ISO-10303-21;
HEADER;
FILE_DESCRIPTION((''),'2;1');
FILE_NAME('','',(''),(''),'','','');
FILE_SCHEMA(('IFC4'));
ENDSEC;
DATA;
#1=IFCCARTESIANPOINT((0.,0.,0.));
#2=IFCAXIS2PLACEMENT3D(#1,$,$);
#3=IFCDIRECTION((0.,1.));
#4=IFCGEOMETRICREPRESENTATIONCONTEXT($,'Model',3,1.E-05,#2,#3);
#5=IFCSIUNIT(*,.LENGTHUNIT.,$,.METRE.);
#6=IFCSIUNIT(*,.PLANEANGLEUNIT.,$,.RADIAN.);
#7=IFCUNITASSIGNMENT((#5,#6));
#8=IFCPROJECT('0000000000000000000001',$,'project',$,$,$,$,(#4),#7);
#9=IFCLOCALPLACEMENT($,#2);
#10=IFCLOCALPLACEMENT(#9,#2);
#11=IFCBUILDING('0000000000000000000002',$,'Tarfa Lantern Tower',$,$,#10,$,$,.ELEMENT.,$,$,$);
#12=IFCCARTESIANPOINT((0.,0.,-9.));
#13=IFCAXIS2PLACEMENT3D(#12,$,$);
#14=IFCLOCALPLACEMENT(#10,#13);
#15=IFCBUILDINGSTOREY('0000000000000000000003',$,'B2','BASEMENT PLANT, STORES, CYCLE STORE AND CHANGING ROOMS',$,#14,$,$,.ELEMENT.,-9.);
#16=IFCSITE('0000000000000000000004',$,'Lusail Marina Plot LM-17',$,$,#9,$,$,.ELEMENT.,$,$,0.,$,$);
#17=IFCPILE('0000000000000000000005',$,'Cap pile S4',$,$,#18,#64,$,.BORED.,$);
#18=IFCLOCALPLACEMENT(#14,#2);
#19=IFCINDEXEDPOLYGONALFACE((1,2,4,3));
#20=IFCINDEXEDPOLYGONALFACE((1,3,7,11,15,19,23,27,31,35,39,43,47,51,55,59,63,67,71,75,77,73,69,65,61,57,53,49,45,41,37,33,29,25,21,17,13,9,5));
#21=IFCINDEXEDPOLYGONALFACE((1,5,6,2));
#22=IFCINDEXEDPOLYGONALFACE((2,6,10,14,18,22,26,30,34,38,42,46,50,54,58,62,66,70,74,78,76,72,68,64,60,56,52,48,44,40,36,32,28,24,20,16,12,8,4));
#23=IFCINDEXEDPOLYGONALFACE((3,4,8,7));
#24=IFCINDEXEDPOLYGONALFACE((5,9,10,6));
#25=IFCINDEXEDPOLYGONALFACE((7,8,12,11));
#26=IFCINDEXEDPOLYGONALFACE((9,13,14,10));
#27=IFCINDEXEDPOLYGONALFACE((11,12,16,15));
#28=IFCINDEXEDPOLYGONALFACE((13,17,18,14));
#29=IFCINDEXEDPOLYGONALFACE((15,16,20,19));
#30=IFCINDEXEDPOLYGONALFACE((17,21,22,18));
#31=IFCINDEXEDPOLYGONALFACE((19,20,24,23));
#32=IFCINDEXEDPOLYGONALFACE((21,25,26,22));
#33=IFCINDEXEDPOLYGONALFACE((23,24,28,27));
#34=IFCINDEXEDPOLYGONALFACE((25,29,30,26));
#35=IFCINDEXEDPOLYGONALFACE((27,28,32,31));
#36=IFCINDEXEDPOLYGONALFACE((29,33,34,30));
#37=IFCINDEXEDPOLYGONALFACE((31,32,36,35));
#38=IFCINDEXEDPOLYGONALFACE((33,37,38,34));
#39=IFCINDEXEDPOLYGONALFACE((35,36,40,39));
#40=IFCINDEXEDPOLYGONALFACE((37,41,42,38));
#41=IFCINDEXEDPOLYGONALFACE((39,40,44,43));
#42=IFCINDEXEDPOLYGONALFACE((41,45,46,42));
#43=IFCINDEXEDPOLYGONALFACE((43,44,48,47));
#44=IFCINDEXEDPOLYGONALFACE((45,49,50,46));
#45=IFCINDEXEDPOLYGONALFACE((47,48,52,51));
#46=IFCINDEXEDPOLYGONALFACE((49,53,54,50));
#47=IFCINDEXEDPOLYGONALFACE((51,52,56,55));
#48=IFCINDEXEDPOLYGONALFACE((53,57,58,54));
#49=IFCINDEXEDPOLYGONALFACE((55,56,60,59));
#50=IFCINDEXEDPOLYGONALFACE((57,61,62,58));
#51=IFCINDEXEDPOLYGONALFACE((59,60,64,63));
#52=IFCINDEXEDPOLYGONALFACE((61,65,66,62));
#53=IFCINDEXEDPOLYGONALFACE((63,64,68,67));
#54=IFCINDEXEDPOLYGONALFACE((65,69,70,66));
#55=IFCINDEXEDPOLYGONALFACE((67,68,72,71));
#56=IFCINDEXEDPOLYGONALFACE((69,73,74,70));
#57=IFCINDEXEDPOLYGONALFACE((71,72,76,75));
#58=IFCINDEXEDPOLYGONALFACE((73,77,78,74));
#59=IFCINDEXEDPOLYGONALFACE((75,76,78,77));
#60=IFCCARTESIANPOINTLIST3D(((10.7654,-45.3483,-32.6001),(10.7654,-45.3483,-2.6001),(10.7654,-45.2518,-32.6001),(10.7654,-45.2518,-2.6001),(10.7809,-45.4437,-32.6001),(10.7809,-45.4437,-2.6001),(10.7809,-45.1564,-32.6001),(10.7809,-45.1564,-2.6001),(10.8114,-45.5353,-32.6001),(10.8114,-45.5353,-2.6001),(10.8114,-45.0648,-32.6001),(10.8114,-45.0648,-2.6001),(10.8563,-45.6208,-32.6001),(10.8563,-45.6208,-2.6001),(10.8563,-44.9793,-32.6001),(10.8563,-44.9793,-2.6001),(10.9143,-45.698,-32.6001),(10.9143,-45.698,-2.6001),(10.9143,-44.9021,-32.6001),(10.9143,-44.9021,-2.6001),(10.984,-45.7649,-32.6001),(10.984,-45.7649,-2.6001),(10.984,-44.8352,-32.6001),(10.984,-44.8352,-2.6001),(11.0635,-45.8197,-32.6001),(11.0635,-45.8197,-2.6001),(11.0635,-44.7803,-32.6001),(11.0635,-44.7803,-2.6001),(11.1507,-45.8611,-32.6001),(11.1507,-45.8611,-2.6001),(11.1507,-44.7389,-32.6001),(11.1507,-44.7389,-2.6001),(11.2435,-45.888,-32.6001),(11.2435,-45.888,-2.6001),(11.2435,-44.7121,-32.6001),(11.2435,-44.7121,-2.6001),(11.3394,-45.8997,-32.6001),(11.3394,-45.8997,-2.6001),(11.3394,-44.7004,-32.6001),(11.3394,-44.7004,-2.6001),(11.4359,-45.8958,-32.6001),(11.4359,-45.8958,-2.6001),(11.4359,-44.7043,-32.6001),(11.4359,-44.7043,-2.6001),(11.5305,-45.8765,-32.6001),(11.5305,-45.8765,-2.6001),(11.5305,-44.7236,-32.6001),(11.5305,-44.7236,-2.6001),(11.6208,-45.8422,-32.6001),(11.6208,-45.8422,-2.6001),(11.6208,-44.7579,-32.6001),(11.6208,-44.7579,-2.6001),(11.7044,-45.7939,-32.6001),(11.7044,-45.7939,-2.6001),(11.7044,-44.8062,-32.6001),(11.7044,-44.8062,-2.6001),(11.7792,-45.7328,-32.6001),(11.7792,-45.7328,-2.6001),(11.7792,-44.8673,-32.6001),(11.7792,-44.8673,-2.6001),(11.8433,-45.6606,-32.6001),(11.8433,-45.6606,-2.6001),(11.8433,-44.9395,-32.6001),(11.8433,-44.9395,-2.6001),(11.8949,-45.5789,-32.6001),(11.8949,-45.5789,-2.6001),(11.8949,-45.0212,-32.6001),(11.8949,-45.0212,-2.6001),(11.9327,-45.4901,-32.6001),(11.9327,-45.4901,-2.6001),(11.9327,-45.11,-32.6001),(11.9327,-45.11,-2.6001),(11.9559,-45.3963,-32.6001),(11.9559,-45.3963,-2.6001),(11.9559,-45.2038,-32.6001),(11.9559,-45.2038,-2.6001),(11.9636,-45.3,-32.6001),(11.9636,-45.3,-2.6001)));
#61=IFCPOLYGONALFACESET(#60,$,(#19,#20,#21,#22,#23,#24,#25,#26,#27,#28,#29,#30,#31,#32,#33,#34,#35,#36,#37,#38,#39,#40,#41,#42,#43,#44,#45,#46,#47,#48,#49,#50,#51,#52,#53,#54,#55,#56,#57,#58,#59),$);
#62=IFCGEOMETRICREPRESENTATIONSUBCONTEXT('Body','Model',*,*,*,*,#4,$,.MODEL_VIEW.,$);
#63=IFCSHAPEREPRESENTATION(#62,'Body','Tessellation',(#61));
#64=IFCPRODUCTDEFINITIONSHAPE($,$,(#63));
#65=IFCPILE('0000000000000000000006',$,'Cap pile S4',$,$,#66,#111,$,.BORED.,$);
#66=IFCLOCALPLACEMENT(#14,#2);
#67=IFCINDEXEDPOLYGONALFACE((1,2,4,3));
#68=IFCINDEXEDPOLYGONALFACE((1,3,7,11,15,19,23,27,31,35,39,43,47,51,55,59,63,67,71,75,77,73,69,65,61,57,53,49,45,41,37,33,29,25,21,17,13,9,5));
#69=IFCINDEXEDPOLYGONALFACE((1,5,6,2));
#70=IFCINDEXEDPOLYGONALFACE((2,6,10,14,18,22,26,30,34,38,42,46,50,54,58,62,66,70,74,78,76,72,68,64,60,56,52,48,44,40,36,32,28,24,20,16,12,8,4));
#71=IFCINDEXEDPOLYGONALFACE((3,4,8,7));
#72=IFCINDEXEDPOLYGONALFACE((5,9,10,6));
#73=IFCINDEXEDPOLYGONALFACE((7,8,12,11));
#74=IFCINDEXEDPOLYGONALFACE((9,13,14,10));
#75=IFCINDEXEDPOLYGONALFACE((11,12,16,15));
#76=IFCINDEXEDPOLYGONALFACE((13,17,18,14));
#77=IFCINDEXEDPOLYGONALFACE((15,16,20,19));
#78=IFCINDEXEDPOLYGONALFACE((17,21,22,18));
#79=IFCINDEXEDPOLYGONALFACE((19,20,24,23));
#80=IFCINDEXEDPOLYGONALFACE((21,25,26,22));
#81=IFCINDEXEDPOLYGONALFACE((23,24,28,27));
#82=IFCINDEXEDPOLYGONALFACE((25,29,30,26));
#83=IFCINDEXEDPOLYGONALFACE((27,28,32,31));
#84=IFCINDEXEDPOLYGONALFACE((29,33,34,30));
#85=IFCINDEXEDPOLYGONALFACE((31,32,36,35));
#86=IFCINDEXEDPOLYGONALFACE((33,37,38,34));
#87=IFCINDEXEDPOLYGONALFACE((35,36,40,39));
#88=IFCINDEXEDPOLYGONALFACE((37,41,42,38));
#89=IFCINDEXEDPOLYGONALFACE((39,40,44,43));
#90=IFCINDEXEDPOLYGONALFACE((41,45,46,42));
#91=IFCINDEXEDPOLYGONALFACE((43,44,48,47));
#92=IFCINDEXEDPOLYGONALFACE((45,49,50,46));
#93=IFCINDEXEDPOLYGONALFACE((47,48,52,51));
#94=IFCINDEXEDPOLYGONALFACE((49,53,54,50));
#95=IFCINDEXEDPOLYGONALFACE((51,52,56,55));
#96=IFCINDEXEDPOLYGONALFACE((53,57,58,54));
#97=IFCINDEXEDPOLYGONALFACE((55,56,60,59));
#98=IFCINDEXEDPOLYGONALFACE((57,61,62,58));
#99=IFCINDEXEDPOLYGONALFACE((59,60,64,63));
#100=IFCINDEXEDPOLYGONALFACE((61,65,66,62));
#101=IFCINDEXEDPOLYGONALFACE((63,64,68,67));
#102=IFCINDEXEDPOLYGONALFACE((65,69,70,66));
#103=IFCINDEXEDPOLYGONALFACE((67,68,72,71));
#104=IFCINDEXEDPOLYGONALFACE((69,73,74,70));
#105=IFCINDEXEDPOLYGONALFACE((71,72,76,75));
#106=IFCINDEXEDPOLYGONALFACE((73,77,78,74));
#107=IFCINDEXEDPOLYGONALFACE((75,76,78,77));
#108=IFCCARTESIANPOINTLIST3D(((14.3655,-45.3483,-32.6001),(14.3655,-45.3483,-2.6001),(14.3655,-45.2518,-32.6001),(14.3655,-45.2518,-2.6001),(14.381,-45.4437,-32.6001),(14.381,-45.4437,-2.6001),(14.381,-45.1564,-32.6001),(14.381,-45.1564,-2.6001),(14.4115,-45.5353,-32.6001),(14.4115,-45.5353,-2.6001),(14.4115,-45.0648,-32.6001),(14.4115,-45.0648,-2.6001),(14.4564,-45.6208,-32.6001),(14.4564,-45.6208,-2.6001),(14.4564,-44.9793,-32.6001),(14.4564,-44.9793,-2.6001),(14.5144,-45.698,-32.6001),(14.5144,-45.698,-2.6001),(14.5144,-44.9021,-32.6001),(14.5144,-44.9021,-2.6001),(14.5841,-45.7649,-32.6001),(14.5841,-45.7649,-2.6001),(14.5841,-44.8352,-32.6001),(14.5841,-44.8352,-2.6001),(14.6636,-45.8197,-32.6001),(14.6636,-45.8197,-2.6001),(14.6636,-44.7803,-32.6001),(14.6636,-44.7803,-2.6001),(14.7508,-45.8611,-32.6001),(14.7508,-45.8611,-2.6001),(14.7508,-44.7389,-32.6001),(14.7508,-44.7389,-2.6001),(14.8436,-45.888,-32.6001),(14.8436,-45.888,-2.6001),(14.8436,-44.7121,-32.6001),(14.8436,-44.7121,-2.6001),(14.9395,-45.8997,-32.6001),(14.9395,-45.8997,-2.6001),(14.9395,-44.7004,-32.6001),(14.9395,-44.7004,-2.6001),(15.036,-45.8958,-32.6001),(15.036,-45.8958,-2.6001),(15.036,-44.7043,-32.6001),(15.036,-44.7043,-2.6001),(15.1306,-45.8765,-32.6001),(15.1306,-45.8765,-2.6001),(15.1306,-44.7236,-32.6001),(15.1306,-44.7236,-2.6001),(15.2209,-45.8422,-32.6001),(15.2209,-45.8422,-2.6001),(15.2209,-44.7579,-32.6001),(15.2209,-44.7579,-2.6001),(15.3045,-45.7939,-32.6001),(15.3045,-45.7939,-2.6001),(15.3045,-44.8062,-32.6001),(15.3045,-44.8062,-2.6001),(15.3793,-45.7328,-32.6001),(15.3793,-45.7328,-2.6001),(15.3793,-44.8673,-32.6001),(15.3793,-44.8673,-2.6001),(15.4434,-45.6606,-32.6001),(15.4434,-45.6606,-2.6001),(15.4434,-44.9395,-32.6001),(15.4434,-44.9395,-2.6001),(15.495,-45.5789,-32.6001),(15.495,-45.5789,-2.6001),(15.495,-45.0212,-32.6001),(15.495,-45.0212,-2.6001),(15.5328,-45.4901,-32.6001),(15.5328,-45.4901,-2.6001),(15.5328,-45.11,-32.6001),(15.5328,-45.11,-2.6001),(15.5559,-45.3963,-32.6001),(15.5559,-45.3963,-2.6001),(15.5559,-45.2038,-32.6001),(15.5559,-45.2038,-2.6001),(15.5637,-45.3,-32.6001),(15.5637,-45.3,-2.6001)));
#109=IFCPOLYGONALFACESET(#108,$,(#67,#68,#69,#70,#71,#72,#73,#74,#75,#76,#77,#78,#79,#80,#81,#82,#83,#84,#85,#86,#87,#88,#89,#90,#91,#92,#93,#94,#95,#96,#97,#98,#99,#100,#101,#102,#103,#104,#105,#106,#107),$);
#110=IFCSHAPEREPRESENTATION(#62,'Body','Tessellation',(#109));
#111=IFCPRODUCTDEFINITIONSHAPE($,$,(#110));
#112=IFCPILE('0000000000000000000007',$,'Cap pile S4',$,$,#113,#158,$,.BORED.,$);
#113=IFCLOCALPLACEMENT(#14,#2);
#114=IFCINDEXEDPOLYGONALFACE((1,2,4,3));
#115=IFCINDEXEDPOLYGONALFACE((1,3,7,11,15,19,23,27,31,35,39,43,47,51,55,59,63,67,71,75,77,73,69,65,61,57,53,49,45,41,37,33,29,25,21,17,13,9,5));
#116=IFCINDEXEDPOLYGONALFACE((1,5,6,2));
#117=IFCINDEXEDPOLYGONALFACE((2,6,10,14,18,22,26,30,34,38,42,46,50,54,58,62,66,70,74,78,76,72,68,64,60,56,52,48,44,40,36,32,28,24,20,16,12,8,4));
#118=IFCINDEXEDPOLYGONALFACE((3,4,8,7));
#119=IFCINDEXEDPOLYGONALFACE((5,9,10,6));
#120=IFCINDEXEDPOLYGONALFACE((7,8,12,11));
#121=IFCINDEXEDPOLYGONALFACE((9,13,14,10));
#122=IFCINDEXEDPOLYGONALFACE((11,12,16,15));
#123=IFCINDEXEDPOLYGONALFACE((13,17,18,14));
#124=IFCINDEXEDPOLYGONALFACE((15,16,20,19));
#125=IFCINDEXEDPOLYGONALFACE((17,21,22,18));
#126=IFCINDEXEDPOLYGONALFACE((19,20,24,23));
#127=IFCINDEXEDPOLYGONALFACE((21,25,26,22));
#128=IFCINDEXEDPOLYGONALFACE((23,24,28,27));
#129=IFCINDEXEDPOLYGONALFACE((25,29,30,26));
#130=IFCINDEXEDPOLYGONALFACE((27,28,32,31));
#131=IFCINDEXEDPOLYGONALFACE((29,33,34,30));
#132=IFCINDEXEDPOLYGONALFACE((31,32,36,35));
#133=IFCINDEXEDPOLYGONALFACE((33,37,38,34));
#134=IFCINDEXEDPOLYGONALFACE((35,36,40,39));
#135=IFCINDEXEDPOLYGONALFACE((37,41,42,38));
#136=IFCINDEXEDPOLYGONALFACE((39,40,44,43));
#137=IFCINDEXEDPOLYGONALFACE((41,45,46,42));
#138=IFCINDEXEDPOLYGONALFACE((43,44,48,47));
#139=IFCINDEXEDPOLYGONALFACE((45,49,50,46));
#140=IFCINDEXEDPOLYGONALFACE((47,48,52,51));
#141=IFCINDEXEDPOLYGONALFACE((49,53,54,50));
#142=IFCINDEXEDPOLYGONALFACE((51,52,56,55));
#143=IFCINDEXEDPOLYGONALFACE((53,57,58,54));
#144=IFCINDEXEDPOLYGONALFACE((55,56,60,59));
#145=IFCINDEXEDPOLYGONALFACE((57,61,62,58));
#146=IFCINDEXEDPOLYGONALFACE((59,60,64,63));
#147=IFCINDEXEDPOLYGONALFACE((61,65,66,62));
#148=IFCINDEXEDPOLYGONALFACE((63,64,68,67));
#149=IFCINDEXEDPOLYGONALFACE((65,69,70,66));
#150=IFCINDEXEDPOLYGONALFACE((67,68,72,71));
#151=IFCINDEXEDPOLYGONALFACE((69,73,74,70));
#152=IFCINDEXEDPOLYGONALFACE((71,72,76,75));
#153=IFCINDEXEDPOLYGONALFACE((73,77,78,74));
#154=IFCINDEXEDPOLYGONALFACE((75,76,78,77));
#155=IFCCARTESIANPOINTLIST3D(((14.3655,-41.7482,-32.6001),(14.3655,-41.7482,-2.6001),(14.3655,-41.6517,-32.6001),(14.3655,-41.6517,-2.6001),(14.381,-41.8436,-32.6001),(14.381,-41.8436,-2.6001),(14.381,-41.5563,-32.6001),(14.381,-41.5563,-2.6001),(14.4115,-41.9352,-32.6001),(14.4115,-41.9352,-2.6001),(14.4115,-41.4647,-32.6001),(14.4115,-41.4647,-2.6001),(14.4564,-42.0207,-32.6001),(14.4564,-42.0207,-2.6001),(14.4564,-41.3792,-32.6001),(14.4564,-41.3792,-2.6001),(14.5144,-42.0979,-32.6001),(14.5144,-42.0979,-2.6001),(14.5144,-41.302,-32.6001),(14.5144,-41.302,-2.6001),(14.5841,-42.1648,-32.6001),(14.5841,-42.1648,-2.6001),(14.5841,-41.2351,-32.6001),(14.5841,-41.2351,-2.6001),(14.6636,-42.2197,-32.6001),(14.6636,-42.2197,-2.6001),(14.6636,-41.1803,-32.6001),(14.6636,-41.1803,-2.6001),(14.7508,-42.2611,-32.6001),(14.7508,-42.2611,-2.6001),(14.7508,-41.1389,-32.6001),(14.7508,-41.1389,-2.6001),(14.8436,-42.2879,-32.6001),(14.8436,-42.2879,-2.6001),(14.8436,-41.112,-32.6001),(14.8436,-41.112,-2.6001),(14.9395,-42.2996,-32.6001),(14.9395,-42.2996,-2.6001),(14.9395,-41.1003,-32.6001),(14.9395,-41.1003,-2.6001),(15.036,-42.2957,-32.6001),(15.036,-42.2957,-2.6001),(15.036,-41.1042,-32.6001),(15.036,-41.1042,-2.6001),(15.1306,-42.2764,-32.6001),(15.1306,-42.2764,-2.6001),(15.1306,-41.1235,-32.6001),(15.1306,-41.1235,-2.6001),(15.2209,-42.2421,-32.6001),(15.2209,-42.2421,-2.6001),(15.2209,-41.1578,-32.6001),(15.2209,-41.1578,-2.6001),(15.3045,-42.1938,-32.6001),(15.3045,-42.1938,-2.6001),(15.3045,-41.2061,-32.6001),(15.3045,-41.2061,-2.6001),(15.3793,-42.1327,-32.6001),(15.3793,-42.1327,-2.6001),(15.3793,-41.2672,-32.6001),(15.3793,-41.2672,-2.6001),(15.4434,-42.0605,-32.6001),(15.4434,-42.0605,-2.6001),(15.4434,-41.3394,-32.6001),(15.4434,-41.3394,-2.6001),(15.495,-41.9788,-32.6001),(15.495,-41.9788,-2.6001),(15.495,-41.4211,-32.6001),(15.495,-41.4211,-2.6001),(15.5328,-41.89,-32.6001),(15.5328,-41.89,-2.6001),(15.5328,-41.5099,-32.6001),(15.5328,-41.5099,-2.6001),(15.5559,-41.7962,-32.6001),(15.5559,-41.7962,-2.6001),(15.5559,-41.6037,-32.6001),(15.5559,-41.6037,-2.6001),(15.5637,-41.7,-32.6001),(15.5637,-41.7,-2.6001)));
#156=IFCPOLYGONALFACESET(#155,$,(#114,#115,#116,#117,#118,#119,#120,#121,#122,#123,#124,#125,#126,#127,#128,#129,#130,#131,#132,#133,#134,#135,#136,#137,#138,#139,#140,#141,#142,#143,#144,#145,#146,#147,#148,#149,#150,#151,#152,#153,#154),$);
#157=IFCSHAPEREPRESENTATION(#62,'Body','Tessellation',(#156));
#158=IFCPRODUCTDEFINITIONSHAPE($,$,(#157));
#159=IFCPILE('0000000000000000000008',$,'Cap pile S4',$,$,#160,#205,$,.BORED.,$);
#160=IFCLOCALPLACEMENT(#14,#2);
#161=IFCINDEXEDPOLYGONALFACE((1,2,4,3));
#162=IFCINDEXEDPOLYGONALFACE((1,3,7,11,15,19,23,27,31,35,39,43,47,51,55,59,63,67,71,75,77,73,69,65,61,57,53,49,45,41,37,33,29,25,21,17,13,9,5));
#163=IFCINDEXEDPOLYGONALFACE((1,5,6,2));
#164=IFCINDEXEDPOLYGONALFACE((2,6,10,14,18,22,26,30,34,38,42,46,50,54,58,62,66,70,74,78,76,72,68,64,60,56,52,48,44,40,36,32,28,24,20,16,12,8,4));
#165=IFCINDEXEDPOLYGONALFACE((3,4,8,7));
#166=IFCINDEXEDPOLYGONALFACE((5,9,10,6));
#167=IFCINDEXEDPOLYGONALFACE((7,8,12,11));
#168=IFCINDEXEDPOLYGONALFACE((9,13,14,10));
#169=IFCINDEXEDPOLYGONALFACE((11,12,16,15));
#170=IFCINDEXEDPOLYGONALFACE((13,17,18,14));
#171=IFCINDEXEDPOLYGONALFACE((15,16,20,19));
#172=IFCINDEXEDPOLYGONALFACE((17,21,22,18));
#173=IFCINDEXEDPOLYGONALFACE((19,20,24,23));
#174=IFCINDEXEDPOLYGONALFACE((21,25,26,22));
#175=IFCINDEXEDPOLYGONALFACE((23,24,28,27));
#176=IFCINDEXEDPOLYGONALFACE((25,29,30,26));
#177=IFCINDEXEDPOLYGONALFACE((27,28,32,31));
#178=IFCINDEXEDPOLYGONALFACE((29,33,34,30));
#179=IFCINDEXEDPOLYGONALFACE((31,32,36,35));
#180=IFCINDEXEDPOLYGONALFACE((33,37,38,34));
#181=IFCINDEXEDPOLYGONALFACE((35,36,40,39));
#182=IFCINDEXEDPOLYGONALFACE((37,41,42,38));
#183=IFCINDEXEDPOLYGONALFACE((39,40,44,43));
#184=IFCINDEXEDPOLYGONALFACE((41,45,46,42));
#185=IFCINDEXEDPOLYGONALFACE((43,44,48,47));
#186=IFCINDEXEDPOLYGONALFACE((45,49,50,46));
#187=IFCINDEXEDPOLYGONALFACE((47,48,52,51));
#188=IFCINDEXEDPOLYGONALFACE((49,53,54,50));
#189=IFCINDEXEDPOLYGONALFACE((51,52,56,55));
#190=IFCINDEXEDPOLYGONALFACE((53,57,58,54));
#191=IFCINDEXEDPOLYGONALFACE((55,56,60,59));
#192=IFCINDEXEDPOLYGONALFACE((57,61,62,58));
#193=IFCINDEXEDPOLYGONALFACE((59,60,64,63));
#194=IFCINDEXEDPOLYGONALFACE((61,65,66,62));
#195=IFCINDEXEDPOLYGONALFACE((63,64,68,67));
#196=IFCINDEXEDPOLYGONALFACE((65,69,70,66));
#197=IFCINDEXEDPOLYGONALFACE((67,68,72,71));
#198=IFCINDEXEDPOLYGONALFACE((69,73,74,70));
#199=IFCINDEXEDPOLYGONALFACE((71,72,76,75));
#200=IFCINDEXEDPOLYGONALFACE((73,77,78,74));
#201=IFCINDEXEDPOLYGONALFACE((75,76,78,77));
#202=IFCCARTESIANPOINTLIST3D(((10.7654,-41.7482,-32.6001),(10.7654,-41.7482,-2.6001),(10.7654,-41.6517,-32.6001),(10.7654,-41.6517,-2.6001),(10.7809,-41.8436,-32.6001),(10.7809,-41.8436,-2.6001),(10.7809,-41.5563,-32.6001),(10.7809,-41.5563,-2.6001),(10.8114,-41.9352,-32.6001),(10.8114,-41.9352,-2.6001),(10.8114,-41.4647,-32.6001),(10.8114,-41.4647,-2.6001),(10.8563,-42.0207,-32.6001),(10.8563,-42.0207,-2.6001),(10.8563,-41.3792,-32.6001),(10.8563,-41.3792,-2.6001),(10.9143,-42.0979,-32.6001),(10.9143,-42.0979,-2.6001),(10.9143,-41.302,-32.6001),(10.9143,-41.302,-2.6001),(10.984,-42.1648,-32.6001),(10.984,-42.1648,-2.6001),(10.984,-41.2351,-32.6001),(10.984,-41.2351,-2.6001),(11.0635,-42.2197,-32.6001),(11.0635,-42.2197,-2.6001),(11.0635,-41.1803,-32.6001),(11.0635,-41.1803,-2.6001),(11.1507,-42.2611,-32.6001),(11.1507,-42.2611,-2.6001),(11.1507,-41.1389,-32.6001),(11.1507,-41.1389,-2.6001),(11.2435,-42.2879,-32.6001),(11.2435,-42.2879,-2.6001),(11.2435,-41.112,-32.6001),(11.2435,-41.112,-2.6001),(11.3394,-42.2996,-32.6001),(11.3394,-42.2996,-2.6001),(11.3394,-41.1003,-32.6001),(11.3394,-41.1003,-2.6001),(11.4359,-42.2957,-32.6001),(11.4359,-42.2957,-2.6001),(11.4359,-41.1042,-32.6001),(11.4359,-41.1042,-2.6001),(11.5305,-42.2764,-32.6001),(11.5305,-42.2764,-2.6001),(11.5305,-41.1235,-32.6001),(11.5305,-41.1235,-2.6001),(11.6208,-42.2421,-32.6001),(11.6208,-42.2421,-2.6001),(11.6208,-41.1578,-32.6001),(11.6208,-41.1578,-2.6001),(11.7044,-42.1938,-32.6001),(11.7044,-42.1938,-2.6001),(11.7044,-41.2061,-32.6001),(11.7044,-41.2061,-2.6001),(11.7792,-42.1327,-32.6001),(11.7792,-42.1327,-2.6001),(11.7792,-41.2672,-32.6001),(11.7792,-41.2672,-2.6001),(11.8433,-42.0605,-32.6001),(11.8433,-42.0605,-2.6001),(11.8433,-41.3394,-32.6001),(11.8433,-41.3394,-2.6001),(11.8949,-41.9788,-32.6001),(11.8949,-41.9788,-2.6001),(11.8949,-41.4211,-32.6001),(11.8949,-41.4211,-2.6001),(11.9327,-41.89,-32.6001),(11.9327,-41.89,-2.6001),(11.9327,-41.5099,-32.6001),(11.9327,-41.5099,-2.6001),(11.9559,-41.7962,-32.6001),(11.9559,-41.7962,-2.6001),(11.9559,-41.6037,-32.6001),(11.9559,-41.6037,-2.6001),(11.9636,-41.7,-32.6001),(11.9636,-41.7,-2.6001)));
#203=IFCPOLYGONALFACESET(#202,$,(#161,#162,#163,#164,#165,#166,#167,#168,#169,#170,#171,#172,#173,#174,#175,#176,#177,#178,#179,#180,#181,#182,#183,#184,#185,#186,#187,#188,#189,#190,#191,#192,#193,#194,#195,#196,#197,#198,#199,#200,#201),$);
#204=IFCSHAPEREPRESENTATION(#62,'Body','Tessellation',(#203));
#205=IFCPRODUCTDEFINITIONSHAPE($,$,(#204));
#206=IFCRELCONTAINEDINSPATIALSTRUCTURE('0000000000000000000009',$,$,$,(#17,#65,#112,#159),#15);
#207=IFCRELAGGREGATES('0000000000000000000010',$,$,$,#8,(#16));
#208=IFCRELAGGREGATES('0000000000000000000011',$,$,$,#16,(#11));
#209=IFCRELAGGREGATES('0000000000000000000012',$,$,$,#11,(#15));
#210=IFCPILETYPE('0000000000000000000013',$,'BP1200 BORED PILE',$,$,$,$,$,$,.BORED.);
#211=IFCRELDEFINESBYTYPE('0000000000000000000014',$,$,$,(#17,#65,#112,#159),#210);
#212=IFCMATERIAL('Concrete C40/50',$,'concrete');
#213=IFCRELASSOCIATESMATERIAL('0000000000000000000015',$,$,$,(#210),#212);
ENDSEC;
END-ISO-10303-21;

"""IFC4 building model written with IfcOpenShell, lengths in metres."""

from ifc_helpers import new_model, si_unit, direction, frame, origin, origin_2d, place, context, subcontext, project, spatial, circle, extrude, material, material_profile, profile_set, type_object, element, save


model = new_model("IFC4")

# Units and contexts
model_context = context("Model", 3, precision=1e-05, world=origin(), true_north=direction((0.0, 1.0)))
body_context = subcontext(model_context, "Body", "Model", "MODEL_VIEW")
ifc_project = project(units=[si_unit("LENGTHUNIT", "METRE"), si_unit("PLANEANGLEUNIT", "RADIAN")], contexts=[model_context])

# Site, building, storey
site_placement = place(None, origin())
site = spatial("IfcSite", under=ifc_project, at=site_placement, Name="Lusail Marina Plot LM-17", CompositionType="ELEMENT", RefElevation=0.0)
building_placement = place(site_placement, origin())
building = spatial("IfcBuilding", under=site, at=building_placement, Name="Tarfa Lantern Tower", CompositionType="ELEMENT")
storey_placement = place(building_placement, frame((0.0, 0.0, -9.0)))
storey = spatial("IfcBuildingStorey", under=building, at=storey_placement, Name="B2", Description="BASEMENT PLANT, STORES, CYCLE STORE AND CHANGING ROOMS", CompositionType="ELEMENT", Elevation=-9.0)

# Piles
ifc_material_1 = material(Name="Concrete C40/50", Category="concrete")
ifc_material_profile_1 = material_profile(ifc_material_1, circle(Radius=0.6001, at=origin_2d()), Name="BORED PILE D1200")
ifc_profile_set_1 = profile_set([ifc_material_profile_1], Name="Concrete C40/50")
pile_type_1 = type_object("IfcPileType", Name="BP1200 BORED PILE", PredefinedType="BORED", material=ifc_profile_set_1)
for number, where, z_axis, x_axis, name in (
    (1, (11.3635, -45.3, -2.6001), (0.0, 0.0, -1.0), (1.0, 0.0, 0.0), "Cap pile S4"),
    (2, (14.9636, -45.3, -2.6001), (0.0, 0.0, -1.0), (1.0, 0.0, 0.0), "Cap pile S4"),
    (3, (14.9636, -41.7, -2.6001), (0.0, 0.0, -1.0), (1.0, 0.0, 0.0), "Cap pile S4"),
    (4, (11.3635, -41.7, -2.6001), (0.0, 0.0, -1.0), (1.0, 0.0, 0.0), "Cap pile S4"),
):
    element("IfcPile", number, at=place(storey_placement, frame(where, z_axis=z_axis, x_axis=x_axis)), inside=storey, type_object=pile_type_1, Name=name, PredefinedType="BORED", context=body_context, shape_type="SweptSolid", body=[
        extrude(circle(Radius=0.6001, at=origin_2d()), origin(), (0.0, 0.0, 1.0), 30.0),
    ])

save(model, "model.ifc")
